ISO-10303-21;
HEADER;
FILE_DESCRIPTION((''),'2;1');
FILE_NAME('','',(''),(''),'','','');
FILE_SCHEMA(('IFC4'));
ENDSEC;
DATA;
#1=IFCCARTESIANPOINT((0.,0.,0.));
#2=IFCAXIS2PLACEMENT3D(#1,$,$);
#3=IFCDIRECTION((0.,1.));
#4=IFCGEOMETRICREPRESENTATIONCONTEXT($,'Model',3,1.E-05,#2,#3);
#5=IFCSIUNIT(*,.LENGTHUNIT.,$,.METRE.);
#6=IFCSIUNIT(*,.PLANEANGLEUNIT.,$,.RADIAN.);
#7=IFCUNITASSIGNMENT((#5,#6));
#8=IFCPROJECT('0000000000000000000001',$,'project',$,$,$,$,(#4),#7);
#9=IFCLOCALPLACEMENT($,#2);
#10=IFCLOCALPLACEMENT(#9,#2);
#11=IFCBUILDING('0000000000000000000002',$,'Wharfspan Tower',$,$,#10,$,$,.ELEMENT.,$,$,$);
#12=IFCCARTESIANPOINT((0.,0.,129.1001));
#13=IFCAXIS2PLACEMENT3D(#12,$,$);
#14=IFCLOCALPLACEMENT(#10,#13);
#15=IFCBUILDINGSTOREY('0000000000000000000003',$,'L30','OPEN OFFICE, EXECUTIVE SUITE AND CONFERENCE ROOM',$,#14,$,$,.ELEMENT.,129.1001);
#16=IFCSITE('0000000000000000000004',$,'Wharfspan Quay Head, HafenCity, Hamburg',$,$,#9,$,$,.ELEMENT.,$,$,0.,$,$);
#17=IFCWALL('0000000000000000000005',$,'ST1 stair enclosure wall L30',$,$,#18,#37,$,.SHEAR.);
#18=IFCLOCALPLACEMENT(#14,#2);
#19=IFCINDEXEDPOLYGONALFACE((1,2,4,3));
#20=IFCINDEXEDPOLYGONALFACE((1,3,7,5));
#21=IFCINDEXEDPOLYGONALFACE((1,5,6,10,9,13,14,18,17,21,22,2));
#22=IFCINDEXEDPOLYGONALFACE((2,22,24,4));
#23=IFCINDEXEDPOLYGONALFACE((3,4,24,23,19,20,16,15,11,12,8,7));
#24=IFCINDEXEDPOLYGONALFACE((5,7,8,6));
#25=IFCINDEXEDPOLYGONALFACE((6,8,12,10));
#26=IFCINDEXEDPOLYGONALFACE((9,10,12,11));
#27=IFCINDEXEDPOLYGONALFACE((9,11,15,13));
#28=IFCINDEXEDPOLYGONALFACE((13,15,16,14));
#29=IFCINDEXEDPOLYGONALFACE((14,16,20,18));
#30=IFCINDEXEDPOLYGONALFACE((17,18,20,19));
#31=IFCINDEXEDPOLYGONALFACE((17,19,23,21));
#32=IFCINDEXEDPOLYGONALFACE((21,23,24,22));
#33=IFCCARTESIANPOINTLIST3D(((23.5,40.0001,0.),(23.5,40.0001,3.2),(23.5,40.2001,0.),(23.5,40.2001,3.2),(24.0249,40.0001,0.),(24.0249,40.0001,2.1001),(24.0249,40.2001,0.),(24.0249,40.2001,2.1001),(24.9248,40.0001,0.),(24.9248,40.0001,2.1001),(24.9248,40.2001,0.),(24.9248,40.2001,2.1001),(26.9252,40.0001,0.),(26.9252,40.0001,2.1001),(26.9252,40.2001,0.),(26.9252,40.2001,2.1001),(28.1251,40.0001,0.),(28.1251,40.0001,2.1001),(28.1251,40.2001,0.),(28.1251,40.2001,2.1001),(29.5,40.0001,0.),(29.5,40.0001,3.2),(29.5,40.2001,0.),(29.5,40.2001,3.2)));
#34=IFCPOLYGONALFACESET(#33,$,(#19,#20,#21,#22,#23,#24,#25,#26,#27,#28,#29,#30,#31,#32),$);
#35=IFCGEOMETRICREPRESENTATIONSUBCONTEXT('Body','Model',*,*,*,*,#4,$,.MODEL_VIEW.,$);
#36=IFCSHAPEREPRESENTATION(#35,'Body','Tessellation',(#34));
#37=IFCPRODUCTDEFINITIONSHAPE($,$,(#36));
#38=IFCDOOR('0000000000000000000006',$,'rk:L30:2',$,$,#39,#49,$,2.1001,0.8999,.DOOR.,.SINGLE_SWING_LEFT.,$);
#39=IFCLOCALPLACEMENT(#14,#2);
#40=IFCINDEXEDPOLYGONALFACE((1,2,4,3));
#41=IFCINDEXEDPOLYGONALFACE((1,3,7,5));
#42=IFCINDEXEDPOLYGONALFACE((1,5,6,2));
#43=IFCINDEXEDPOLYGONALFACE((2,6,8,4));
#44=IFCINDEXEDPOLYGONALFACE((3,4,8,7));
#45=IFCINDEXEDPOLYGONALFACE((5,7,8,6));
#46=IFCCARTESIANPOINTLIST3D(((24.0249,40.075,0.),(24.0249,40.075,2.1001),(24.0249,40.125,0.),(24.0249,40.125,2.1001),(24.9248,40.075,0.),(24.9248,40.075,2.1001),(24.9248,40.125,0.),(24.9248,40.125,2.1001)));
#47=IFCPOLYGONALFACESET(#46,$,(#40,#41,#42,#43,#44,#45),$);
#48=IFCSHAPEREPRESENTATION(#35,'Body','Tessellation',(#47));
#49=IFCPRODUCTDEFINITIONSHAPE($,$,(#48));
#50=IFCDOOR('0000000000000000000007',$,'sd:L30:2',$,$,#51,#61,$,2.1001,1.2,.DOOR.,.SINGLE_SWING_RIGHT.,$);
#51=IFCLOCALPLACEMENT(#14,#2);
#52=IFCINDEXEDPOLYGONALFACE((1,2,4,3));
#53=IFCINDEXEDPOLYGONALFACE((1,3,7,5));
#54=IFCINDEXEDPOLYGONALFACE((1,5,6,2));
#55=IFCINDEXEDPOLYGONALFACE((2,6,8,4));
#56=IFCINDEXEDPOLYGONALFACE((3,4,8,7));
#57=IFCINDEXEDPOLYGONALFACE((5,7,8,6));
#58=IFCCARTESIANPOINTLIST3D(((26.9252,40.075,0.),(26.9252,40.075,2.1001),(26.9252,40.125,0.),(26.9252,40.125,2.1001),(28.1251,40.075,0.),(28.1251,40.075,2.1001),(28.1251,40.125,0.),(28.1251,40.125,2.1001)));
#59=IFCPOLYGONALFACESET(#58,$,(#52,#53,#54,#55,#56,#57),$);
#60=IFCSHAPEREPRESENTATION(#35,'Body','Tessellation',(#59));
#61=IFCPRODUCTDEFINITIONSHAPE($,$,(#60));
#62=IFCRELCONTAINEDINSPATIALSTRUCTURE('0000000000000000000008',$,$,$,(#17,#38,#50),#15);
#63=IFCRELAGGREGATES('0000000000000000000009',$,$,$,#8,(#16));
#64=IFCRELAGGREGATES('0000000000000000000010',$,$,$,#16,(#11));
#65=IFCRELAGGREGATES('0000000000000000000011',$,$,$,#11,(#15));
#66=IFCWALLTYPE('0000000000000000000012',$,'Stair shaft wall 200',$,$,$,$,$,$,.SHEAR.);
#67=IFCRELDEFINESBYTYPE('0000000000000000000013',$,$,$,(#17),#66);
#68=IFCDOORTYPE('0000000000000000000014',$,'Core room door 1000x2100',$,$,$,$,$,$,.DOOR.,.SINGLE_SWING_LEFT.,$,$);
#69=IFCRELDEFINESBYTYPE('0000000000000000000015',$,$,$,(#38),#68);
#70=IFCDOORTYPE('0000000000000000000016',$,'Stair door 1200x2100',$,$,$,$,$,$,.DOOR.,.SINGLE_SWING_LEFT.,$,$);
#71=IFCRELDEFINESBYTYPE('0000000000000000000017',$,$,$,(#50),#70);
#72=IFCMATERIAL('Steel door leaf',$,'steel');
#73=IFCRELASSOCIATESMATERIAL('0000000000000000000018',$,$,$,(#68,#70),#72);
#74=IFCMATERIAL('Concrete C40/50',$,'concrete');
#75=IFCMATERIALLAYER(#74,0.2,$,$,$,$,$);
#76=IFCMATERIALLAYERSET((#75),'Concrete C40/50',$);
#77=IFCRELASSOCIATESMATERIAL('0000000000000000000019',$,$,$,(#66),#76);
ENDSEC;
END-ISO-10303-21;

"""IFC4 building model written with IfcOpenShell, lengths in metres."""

from ifc_helpers import new_model, si_unit, direction, frame, frame_2d, origin, place, context, subcontext, project, spatial, rectangle, extrude, material, layer, layer_set, type_object, element, fill, save


model = new_model("IFC4")

# Units and contexts
model_context = context("Model", 3, precision=1e-05, world=origin(), true_north=direction((0.0, 1.0)))
body_context = subcontext(model_context, "Body", "Model", "MODEL_VIEW")
ifc_project = project(units=[si_unit("LENGTHUNIT", "METRE"), si_unit("PLANEANGLEUNIT", "RADIAN")], contexts=[model_context])

# Site, building, storey
site_placement = place(None, origin())
site = spatial("IfcSite", under=ifc_project, at=site_placement, Name="Wharfspan Quay Head, HafenCity, Hamburg", CompositionType="ELEMENT", RefElevation=0.0)
building_placement = place(site_placement, origin())
building = spatial("IfcBuilding", under=site, at=building_placement, Name="Wharfspan Tower", CompositionType="ELEMENT")
storey_placement = place(building_placement, frame((0.0, 0.0, 129.1001)))
storey = spatial("IfcBuildingStorey", under=building, at=storey_placement, Name="L30", Description="OPEN OFFICE, EXECUTIVE SUITE AND CONFERENCE ROOM", CompositionType="ELEMENT", Elevation=129.1001)

# Wall, openings, doors
ifc_material_1 = material(Name="Steel door leaf", Category="steel")
door_type_1 = type_object("IfcDoorType", Name="Core room door 1000x2100", OperationType="SINGLE_SWING_LEFT", PredefinedType="DOOR", material=ifc_material_1)
ifc_material_2 = material(Name="Concrete C40/50", Category="concrete")
ifc_layer_1 = layer(ifc_material_2, 0.2)
ifc_layer_set_1 = layer_set([ifc_layer_1], Name="Concrete C40/50")
wall_type_1 = type_object("IfcWallType", Name="Stair shaft wall 200", PredefinedType="SHEAR", material=ifc_layer_set_1)
wall_1_placement = place(storey_placement, frame((23.5, 40.1001, 0.0), z_axis=(0.0, 0.0, 1.0), x_axis=(1.0, 0.0, 0.0)))
wall_1 = element("IfcWall", 1, at=wall_1_placement, inside=storey, type_object=wall_type_1, Name="ST1 stair enclosure wall L30", PredefinedType="SHEAR", context=body_context, shape_type="SweptSolid", body=[
    extrude(rectangle(XDim=6.0, YDim=0.2, at=frame_2d((3.0, 0.0))), origin(), (0.0, 0.0, 1.0), 3.2),
])
opening_1_placement = place(wall_1_placement, frame((3.425, 0.0, 0.0)))
opening_1 = element("IfcOpeningElement", 2, at=opening_1_placement, cuts=wall_1, PredefinedType="OPENING", context=body_context, shape_type="SweptSolid", body=[
    extrude(rectangle(XDim=1.2, YDim=2.1001, at=frame_2d((0.6001, 1.05))), frame((0.0, 0.1099, 0.0), z_axis=(0.0, -1.0, 0.0), x_axis=(1.0, 0.0, 0.0)), (0.0, 0.0, 1.0), 0.22),
])
opening_2_placement = place(wall_1_placement, frame((0.5249, 0.0, 0.0)))
opening_2 = element("IfcOpeningElement", 3, at=opening_2_placement, cuts=wall_1, PredefinedType="OPENING", context=body_context, shape_type="SweptSolid", body=[
    extrude(rectangle(XDim=0.8999, YDim=2.1001, at=frame_2d((0.45, 1.05))), frame((0.0, 0.1099, 0.0), z_axis=(0.0, -1.0, 0.0), x_axis=(1.0, 0.0, 0.0)), (0.0, 0.0, 1.0), 0.22),
])
door_1_placement = place(opening_2_placement, origin())
door_1 = element("IfcDoor", 4, at=door_1_placement, inside=storey, type_object=door_type_1, Name="rk:L30:2", OperationType="SINGLE_SWING_LEFT", OverallHeight=2.1001, OverallWidth=0.8999, PredefinedType="DOOR", context=body_context, shape_type="SweptSolid", body=[
    extrude(rectangle(XDim=0.8999, YDim=2.1001, at=frame_2d((0.45, 1.05))), frame((0.0, 0.0249, 0.0), z_axis=(0.0, -1.0, 0.0), x_axis=(1.0, 0.0, 0.0)), (0.0, 0.0, 1.0), 0.05),
])
fill(opening_2, door_1)
door_type_2 = type_object("IfcDoorType", Name="Stair door 1200x2100", OperationType="SINGLE_SWING_LEFT", PredefinedType="DOOR", material=ifc_material_1)
door_2_placement = place(opening_1_placement, origin())
door_2 = element("IfcDoor", 5, at=door_2_placement, inside=storey, type_object=door_type_2, Name="sd:L30:2", OperationType="SINGLE_SWING_RIGHT", OverallHeight=2.1001, OverallWidth=1.2, PredefinedType="DOOR", context=body_context, shape_type="SweptSolid", body=[
    extrude(rectangle(XDim=1.2, YDim=2.1001, at=frame_2d((0.6001, 1.05))), frame((0.0, 0.0249, 0.0), z_axis=(0.0, -1.0, 0.0), x_axis=(1.0, 0.0, 0.0)), (0.0, 0.0, 1.0), 0.05),
])
fill(opening_1, door_2)

save(model, "model.ifc")
